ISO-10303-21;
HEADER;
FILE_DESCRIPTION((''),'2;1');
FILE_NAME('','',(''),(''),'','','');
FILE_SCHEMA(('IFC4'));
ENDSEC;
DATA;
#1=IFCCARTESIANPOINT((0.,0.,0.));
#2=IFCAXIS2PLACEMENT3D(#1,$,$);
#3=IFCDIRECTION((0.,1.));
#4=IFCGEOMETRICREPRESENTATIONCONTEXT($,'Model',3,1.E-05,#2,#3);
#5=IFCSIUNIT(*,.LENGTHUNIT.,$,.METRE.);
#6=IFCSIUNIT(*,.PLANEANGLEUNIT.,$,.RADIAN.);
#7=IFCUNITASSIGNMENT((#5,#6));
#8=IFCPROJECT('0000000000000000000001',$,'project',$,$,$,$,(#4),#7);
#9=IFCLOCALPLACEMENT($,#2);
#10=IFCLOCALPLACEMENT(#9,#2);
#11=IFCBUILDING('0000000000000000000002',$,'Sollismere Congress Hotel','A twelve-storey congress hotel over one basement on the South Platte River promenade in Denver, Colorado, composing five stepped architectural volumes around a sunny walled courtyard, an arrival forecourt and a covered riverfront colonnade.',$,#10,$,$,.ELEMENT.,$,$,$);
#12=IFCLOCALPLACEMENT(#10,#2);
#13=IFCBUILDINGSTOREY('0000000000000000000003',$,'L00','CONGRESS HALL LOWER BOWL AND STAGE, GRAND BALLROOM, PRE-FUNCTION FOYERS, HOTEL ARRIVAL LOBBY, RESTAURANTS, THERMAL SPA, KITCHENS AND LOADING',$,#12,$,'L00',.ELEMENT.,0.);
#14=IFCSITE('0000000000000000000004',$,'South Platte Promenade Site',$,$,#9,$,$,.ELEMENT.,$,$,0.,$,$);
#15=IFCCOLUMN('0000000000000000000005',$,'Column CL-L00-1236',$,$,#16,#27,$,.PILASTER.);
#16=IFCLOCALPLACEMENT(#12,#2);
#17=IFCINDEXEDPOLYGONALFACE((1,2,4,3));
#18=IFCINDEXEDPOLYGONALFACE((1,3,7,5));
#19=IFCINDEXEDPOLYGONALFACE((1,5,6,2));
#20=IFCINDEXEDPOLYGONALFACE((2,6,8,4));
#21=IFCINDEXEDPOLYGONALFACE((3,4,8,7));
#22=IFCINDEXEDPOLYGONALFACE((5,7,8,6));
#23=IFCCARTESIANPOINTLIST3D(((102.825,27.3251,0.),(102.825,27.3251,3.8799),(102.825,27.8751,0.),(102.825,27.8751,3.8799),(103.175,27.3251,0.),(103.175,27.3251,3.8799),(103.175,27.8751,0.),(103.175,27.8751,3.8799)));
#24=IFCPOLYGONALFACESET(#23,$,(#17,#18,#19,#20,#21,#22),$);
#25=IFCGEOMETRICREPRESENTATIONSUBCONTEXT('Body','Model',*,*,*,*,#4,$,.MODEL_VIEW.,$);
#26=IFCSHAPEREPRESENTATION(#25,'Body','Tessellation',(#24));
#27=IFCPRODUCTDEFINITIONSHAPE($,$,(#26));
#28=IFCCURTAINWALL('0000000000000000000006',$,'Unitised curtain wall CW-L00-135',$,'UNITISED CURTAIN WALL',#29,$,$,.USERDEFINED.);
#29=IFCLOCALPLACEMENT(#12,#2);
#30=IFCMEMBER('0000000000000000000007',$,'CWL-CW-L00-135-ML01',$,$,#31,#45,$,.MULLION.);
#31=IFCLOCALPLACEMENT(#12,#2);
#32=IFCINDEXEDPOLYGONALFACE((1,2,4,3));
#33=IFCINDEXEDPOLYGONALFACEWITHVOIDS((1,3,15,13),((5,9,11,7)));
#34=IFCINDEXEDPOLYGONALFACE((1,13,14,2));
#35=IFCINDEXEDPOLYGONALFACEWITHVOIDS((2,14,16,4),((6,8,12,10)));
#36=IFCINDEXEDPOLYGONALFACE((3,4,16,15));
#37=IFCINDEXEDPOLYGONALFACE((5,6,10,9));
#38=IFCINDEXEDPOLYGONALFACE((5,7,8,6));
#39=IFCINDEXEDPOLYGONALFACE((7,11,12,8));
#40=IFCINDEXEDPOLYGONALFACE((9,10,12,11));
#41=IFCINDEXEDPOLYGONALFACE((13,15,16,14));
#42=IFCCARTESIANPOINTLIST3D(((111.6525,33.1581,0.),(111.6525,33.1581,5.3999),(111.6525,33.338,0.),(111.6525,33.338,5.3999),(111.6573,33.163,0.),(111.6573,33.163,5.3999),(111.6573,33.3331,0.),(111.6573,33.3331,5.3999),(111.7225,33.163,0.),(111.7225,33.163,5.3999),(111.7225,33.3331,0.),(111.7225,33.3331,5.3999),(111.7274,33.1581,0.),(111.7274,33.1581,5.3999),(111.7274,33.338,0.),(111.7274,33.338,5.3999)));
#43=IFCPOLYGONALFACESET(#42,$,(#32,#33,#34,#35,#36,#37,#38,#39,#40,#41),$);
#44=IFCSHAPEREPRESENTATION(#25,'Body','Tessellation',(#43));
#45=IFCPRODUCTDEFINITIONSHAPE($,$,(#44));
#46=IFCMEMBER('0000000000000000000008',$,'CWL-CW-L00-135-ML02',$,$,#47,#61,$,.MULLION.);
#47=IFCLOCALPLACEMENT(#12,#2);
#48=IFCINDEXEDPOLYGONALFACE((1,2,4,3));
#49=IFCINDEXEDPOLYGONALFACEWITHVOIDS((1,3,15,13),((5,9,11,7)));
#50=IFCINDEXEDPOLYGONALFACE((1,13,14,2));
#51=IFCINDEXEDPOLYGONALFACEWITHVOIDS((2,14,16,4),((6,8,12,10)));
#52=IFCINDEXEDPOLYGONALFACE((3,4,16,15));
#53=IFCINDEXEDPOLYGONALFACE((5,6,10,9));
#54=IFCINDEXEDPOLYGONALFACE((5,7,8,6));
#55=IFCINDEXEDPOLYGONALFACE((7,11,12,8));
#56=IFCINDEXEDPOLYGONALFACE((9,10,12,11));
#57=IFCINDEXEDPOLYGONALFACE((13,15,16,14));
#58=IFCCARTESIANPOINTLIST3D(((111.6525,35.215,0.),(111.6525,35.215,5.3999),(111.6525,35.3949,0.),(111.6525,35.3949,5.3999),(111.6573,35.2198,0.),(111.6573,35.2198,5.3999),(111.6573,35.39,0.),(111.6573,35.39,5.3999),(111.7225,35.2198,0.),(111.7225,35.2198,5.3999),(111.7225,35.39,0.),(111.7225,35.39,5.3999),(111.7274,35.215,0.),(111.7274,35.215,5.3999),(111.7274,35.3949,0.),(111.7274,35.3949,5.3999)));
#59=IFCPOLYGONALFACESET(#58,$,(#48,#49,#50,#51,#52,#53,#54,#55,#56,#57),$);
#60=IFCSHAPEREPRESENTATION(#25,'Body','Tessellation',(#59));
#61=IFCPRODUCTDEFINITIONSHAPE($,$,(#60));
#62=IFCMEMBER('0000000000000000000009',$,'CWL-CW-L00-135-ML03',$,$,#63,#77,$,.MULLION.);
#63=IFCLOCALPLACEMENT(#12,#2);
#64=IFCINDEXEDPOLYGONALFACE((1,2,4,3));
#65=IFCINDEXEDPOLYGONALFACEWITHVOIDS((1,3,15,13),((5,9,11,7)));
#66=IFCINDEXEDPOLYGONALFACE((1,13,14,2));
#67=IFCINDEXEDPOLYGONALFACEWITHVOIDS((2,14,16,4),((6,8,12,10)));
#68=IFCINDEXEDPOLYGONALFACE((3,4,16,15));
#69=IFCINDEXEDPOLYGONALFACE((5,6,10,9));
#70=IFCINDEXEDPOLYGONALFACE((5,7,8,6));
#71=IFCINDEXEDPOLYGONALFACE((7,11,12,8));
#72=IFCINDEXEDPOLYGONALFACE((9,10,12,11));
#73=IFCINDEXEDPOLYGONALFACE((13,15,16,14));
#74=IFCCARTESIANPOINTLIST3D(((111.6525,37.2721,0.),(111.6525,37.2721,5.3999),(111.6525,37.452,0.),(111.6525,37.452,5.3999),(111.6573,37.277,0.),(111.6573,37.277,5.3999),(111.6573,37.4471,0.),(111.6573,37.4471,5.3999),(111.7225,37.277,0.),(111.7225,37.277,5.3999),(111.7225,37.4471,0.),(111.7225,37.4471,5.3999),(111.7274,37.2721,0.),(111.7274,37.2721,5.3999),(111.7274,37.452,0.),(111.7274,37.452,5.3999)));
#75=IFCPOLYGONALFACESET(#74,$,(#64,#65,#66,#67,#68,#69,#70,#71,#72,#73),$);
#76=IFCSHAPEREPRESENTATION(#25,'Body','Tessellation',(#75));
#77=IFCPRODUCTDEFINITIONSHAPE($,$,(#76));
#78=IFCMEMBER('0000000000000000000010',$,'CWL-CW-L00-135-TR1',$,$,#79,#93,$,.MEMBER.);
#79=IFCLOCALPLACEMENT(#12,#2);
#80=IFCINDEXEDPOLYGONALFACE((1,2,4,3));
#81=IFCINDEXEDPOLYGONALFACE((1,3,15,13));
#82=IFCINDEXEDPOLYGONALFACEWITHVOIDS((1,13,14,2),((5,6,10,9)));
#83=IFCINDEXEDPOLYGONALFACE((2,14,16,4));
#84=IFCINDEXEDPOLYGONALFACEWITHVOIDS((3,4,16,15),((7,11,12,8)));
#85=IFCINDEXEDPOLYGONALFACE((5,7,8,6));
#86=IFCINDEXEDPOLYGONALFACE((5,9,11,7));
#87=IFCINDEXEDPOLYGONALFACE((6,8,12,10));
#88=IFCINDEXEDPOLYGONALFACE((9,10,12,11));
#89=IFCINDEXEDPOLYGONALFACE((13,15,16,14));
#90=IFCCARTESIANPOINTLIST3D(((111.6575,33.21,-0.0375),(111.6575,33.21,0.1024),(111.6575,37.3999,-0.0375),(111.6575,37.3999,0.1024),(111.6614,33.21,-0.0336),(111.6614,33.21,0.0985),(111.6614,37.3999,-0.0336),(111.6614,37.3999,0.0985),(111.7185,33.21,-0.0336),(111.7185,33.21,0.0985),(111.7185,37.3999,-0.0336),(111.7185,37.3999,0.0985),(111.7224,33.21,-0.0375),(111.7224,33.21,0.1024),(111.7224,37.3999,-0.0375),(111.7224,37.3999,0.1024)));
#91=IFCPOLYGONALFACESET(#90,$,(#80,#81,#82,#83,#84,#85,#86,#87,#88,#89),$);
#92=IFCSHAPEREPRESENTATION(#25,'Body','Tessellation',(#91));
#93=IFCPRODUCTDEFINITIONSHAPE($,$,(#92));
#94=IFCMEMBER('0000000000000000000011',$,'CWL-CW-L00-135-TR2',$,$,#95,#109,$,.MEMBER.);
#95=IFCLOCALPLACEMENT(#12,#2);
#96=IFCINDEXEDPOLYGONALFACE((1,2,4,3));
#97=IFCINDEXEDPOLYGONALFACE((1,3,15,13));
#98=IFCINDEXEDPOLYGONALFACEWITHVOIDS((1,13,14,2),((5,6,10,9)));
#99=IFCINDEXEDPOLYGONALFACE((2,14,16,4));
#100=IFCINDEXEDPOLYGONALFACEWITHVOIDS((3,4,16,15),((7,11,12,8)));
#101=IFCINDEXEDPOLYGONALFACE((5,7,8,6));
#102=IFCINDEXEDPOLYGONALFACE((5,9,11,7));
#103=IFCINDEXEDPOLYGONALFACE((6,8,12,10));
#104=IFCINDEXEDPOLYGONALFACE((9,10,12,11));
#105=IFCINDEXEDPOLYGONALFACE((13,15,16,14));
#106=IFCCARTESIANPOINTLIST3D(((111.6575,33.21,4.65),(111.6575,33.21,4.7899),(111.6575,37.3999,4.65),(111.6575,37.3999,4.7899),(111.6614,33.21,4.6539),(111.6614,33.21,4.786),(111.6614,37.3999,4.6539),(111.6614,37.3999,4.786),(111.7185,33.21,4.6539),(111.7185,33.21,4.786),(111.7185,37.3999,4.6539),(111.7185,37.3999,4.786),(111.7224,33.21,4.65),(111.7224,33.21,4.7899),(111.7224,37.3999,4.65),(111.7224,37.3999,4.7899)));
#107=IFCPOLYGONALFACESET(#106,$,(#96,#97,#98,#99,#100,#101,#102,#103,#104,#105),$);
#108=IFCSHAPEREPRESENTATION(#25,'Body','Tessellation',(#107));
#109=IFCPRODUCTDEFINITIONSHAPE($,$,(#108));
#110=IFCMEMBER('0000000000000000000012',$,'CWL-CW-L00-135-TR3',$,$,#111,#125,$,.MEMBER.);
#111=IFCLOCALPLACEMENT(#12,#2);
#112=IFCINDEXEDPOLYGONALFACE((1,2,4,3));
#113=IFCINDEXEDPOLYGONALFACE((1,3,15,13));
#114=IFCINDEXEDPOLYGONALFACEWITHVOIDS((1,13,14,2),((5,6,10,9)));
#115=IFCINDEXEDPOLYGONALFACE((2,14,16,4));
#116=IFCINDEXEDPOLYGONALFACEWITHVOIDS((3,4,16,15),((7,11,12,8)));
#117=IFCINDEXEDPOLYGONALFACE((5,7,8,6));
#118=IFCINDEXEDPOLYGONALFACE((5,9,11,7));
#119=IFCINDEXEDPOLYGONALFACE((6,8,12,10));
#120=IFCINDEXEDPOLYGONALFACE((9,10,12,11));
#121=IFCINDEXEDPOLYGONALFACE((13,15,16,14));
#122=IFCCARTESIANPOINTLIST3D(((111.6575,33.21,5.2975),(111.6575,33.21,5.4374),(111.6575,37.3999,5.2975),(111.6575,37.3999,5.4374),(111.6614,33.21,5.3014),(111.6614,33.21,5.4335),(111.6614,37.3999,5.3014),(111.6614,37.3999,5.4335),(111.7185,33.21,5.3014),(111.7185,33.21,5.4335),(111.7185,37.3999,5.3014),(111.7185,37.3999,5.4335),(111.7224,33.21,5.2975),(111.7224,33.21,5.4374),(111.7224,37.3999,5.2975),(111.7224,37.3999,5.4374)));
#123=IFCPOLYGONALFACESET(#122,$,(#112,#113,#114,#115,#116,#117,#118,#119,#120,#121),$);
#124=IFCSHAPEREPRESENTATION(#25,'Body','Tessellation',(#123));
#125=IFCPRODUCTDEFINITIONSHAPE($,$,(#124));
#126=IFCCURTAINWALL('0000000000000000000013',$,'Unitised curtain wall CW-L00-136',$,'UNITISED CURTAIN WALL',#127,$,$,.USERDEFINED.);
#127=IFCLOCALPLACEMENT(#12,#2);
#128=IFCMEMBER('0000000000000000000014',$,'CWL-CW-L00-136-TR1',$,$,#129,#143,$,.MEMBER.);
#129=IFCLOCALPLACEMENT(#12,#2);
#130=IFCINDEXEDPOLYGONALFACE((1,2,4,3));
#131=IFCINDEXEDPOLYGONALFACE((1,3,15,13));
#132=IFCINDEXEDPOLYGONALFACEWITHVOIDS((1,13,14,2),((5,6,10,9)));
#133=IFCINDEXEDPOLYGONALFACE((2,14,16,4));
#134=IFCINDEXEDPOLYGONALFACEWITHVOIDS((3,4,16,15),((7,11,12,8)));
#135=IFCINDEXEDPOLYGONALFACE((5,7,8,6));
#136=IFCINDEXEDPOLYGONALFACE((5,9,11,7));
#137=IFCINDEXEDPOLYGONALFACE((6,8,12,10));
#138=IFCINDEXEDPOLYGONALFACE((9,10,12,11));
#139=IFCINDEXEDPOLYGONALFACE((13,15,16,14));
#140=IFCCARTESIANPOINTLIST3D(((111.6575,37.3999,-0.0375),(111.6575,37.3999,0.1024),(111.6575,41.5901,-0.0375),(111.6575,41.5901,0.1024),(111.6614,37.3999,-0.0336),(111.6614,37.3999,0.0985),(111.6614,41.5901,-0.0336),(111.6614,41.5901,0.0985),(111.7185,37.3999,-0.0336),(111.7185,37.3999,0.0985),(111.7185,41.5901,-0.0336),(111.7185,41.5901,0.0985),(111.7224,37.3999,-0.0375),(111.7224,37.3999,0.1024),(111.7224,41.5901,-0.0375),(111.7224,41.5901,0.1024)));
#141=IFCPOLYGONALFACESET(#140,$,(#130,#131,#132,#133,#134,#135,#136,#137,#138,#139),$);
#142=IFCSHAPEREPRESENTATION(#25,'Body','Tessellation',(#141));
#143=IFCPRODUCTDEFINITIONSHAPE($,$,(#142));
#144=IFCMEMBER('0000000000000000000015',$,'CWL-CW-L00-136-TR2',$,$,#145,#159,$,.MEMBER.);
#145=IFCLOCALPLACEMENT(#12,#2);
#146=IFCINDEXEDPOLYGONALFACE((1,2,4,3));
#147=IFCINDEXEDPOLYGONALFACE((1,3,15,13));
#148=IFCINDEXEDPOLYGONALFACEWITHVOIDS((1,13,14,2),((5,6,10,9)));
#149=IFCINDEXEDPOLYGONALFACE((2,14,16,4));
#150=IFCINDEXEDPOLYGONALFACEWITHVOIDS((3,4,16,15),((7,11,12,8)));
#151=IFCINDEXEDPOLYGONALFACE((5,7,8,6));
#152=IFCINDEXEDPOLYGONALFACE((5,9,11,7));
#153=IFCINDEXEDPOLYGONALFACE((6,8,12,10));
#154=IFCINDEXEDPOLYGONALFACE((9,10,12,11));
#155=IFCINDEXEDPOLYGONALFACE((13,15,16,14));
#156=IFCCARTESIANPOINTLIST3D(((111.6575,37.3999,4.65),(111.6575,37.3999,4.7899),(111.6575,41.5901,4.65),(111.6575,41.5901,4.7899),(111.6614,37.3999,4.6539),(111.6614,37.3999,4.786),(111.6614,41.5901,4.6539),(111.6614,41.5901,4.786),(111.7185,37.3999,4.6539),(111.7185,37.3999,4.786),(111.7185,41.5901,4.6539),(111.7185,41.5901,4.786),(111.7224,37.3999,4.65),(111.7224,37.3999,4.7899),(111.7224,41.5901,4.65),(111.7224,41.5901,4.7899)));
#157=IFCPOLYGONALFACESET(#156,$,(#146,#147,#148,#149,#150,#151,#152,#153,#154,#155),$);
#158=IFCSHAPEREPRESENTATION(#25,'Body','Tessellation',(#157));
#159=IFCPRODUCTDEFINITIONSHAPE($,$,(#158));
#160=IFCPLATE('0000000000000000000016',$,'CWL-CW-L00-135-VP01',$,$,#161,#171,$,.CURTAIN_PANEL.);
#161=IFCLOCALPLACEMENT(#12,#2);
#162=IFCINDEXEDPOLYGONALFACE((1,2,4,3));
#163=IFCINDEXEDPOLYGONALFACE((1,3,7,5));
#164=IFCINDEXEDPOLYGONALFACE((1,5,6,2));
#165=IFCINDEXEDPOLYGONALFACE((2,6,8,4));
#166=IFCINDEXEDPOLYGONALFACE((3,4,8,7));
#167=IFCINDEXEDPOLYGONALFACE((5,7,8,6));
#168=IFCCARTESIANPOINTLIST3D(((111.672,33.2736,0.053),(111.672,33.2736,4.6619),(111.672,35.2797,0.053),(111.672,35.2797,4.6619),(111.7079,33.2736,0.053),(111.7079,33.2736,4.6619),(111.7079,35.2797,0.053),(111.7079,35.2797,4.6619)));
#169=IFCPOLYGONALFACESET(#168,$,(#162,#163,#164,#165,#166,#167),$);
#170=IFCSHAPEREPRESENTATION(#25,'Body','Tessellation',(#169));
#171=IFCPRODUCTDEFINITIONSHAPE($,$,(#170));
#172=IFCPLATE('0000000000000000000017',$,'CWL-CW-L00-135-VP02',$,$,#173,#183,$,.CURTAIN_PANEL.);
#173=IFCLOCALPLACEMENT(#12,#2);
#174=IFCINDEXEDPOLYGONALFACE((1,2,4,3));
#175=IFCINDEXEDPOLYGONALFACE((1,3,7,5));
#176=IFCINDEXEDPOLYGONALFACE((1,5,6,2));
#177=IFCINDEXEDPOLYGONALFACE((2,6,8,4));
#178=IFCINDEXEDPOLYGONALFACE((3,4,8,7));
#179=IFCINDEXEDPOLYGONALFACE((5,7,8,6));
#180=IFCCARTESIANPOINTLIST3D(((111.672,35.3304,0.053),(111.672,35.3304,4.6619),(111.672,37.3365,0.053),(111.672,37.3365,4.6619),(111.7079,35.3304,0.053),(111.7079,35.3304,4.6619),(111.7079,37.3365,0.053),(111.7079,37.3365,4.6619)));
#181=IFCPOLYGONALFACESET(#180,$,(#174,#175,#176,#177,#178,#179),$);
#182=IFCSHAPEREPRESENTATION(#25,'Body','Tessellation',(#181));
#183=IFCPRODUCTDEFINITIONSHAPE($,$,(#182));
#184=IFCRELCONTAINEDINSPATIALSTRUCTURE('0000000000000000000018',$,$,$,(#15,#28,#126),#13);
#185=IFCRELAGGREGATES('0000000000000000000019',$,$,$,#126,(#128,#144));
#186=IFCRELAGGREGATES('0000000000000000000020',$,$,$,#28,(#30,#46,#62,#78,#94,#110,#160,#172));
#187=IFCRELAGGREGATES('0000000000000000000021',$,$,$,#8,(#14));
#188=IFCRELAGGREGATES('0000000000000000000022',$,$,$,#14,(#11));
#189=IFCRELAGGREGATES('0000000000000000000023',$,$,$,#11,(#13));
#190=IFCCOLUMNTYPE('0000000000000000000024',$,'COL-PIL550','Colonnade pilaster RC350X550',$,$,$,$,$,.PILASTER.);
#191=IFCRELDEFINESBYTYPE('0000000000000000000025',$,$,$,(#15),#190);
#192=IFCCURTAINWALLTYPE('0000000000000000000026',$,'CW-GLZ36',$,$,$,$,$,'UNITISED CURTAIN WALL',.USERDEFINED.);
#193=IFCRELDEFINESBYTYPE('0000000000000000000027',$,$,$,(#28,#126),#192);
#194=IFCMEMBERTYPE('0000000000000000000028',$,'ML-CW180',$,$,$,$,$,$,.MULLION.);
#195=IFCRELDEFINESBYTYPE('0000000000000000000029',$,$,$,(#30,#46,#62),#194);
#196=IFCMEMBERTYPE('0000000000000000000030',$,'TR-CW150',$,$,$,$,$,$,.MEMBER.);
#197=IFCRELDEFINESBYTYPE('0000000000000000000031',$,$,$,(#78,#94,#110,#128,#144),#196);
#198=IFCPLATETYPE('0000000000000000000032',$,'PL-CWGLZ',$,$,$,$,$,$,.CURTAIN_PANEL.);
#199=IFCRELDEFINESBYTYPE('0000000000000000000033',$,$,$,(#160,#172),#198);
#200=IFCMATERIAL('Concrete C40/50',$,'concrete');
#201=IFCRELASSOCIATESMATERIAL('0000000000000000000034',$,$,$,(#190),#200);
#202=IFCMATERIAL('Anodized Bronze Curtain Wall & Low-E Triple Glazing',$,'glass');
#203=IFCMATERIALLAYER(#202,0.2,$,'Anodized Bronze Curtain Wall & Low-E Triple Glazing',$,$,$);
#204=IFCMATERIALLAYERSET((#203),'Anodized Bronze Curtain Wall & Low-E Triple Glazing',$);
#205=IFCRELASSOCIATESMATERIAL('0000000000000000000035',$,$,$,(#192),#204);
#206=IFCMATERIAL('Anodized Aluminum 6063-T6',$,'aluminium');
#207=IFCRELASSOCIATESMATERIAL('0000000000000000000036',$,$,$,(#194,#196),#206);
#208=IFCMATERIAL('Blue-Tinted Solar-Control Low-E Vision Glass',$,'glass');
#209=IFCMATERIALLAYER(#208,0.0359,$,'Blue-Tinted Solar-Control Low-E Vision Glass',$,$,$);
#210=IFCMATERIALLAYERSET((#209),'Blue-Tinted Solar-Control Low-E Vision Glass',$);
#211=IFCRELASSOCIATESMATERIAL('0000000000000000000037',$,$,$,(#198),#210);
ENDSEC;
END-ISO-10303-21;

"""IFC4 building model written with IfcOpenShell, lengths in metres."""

from ifc_helpers import new_model, si_unit, direction, frame, origin, origin_2d, place, context, subcontext, project, spatial, rectangle, hollow_rectangle, extrude, material, layer, layer_set, material_profile, profile_set, type_object, element, aggregate, save


model = new_model("IFC4")

# Units and contexts
model_context = context("Model", 3, precision=1e-05, world=origin(), true_north=direction((0.0, 1.0)))
body_context = subcontext(model_context, "Body", "Model", "MODEL_VIEW")
ifc_project = project(units=[si_unit("LENGTHUNIT", "METRE"), si_unit("PLANEANGLEUNIT", "RADIAN")], contexts=[model_context])

# Site, building, storey
site_placement = place(None, origin())
site = spatial("IfcSite", under=ifc_project, at=site_placement, Name="South Platte Promenade Site", CompositionType="ELEMENT", RefElevation=0.0)
building_placement = place(site_placement, origin())
building = spatial("IfcBuilding", under=site, at=building_placement, Name="Sollismere Congress Hotel", Description="A twelve-storey congress hotel over one basement on the South Platte River promenade in Denver, Colorado, composing five stepped architectural volumes around a sunny walled courtyard, an arrival forecourt and a covered riverfront colonnade.", CompositionType="ELEMENT")
storey_placement = place(building_placement, origin())
storey = spatial("IfcBuildingStorey", under=building, at=storey_placement, Name="L00", Description="CONGRESS HALL LOWER BOWL AND STAGE, GRAND BALLROOM, PRE-FUNCTION FOYERS, HOTEL ARRIVAL LOBBY, RESTAURANTS, THERMAL SPA, KITCHENS AND LOADING", LongName="L00", CompositionType="ELEMENT", Elevation=0.0)

# Column
ifc_material_1 = material(Name="Concrete C40/50", Category="concrete")
ifc_material_profile_1 = material_profile(ifc_material_1, rectangle(XDim=0.3501, YDim=0.55, at=origin_2d()), Name="RC350X550")
ifc_profile_set_1 = profile_set([ifc_material_profile_1], Name="Concrete C40/50")
column_type = type_object("IfcColumnType", Name="COL-PIL550", Description="Colonnade pilaster RC350X550", PredefinedType="PILASTER", material=ifc_profile_set_1)
column_placement = place(storey_placement, frame((103.0, 27.6001, 0.0), z_axis=(0.0, 0.0, 1.0), x_axis=(1.0, 0.0, 0.0)))
element("IfcColumn", 1, at=column_placement, inside=storey, type_object=column_type, Name="Column CL-L00-1236", PredefinedType="PILASTER", context=body_context, shape_type="SweptSolid", body=[
    extrude(rectangle(XDim=0.3501, YDim=0.55, at=origin_2d()), origin(), (0.0, 0.0, 1.0), 3.8799),
])

# Curtain walls, members
ifc_material_2 = material(Name="Anodized Bronze Curtain Wall & Low-E Triple Glazing", Category="glass")
ifc_layer_1 = layer(ifc_material_2, 0.2, Name="Anodized Bronze Curtain Wall & Low-E Triple Glazing")
ifc_layer_set_1 = layer_set([ifc_layer_1], Name="Anodized Bronze Curtain Wall & Low-E Triple Glazing")
curtain_wall_type = type_object("IfcCurtainWallType", Name="CW-GLZ36", ElementType="UNITISED CURTAIN WALL", PredefinedType="USERDEFINED", material=ifc_layer_set_1)
curtain_wall_1_placement = place(storey_placement, origin())
curtain_wall_1 = element("IfcCurtainWall", 2, at=curtain_wall_1_placement, inside=storey, type_object=curtain_wall_type, Name="Unitised curtain wall CW-L00-135", ObjectType="UNITISED CURTAIN WALL", PredefinedType="USERDEFINED")
ifc_material_3 = material(Name="Anodized Aluminum 6063-T6", Category="aluminium")
ifc_material_profile_2 = material_profile(ifc_material_3, hollow_rectangle(XDim=0.075, YDim=0.1799, WallThickness=0.0049, at=origin_2d()), Name="ALU180X75X5")
ifc_profile_set_2 = profile_set([ifc_material_profile_2], Name="Anodized Aluminum 6063-T6")
member_type_1 = type_object("IfcMemberType", Name="ML-CW180", PredefinedType="MULLION", material=ifc_profile_set_2)
member_1_placement = place(storey_placement, frame((111.6899, 33.248, 0.0), z_axis=(0.0, 0.0, 1.0), x_axis=(-1.0, 0.0, 0.0)))
member_1 = element("IfcMember", 3, at=member_1_placement, type_object=member_type_1, Name="CWL-CW-L00-135-ML01", PredefinedType="MULLION", context=body_context, shape_type="SweptSolid", body=[
    extrude(hollow_rectangle(XDim=0.075, YDim=0.1799, WallThickness=0.0049, at=origin_2d()), origin(), (0.0, 0.0, 1.0), 5.3999),
])
member_2_placement = place(storey_placement, frame((111.6899, 35.3049, 0.0), z_axis=(0.0, 0.0, 1.0), x_axis=(-1.0, 0.0, 0.0)))
member_2 = element("IfcMember", 4, at=member_2_placement, type_object=member_type_1, Name="CWL-CW-L00-135-ML02", PredefinedType="MULLION", context=body_context, shape_type="SweptSolid", body=[
    extrude(hollow_rectangle(XDim=0.075, YDim=0.1799, WallThickness=0.0049, at=origin_2d()), origin(), (0.0, 0.0, 1.0), 5.3999),
])
member_3_placement = place(storey_placement, frame((111.6899, 37.3621, 0.0), z_axis=(0.0, 0.0, 1.0), x_axis=(-1.0, 0.0, 0.0)))
member_3 = element("IfcMember", 5, at=member_3_placement, type_object=member_type_1, Name="CWL-CW-L00-135-ML03", PredefinedType="MULLION", context=body_context, shape_type="SweptSolid", body=[
    extrude(hollow_rectangle(XDim=0.075, YDim=0.1799, WallThickness=0.0049, at=origin_2d()), origin(), (0.0, 0.0, 1.0), 5.3999),
])
ifc_material_profile_3 = material_profile(ifc_material_3, hollow_rectangle(XDim=0.0649, YDim=0.1399, WallThickness=0.0039, at=origin_2d()), Name="ALU140X65X4")
ifc_profile_set_3 = profile_set([ifc_material_profile_3], Name="Anodized Aluminum 6063-T6")
member_type_2 = type_object("IfcMemberType", Name="TR-CW150", PredefinedType="MEMBER", material=ifc_profile_set_3)
member_4_placement = place(storey_placement, frame((111.6899, 33.21, 0.0325), z_axis=(0.0, 1.0, 0.0), x_axis=(-1.0, 0.0, 0.0)))
member_4 = element("IfcMember", 6, at=member_4_placement, type_object=member_type_2, Name="CWL-CW-L00-135-TR1", PredefinedType="MEMBER", context=body_context, shape_type="SweptSolid", body=[
    extrude(hollow_rectangle(XDim=0.0649, YDim=0.1399, WallThickness=0.0039, at=origin_2d()), origin(), (0.0, 0.0, 1.0), 4.1899),
])
member_5_placement = place(storey_placement, frame((111.6899, 33.21, 4.72), z_axis=(0.0, 1.0, 0.0), x_axis=(-1.0, 0.0, 0.0)))
member_5 = element("IfcMember", 7, at=member_5_placement, type_object=member_type_2, Name="CWL-CW-L00-135-TR2", PredefinedType="MEMBER", context=body_context, shape_type="SweptSolid", body=[
    extrude(hollow_rectangle(XDim=0.0649, YDim=0.1399, WallThickness=0.0039, at=origin_2d()), origin(), (0.0, 0.0, 1.0), 4.1899),
])
member_6_placement = place(storey_placement, frame((111.6899, 33.21, 5.3674), z_axis=(0.0, 1.0, 0.0), x_axis=(-1.0, 0.0, 0.0)))
member_6 = element("IfcMember", 8, at=member_6_placement, type_object=member_type_2, Name="CWL-CW-L00-135-TR3", PredefinedType="MEMBER", context=body_context, shape_type="SweptSolid", body=[
    extrude(hollow_rectangle(XDim=0.0649, YDim=0.1399, WallThickness=0.0039, at=origin_2d()), origin(), (0.0, 0.0, 1.0), 4.1899),
])
curtain_wall_2_placement = place(storey_placement, origin())
curtain_wall_2 = element("IfcCurtainWall", 9, at=curtain_wall_2_placement, inside=storey, type_object=curtain_wall_type, Name="Unitised curtain wall CW-L00-136", ObjectType="UNITISED CURTAIN WALL", PredefinedType="USERDEFINED")
member_7_placement = place(storey_placement, frame((111.6899, 37.3999, 0.0325), z_axis=(0.0, 1.0, 0.0), x_axis=(-1.0, 0.0, 0.0)))
member_7 = element("IfcMember", 10, at=member_7_placement, type_object=member_type_2, Name="CWL-CW-L00-136-TR1", PredefinedType="MEMBER", context=body_context, shape_type="SweptSolid", body=[
    extrude(hollow_rectangle(XDim=0.0649, YDim=0.1399, WallThickness=0.0039, at=origin_2d()), origin(), (0.0, 0.0, 1.0), 4.1902),
])
member_8_placement = place(storey_placement, frame((111.6899, 37.3999, 4.72), z_axis=(0.0, 1.0, 0.0), x_axis=(-1.0, 0.0, 0.0)))
member_8 = element("IfcMember", 11, at=member_8_placement, type_object=member_type_2, Name="CWL-CW-L00-136-TR2", PredefinedType="MEMBER", context=body_context, shape_type="SweptSolid", body=[
    extrude(hollow_rectangle(XDim=0.0649, YDim=0.1399, WallThickness=0.0039, at=origin_2d()), origin(), (0.0, 0.0, 1.0), 4.1902),
])
aggregate(curtain_wall_2, [member_7, member_8])

# Plates
ifc_material_4 = material(Name="Blue-Tinted Solar-Control Low-E Vision Glass", Category="glass")
ifc_layer_2 = layer(ifc_material_4, 0.0359, Name="Blue-Tinted Solar-Control Low-E Vision Glass")
ifc_layer_set_2 = layer_set([ifc_layer_2], Name="Blue-Tinted Solar-Control Low-E Vision Glass")
plate_type_1 = type_object("IfcPlateType", Name="PL-CWGLZ", PredefinedType="CURTAIN_PANEL", material=ifc_layer_set_2)
plate_1_placement = place(storey_placement, frame((111.6899, 34.2766, 0.053), z_axis=(0.0, 0.0, 1.0), x_axis=(0.0, 1.0, 0.0)))
plate_1 = element("IfcPlate", 12, at=plate_1_placement, type_object=plate_type_1, Name="CWL-CW-L00-135-VP01", PredefinedType="CURTAIN_PANEL", context=body_context, shape_type="SweptSolid", body=[
    extrude(rectangle(XDim=2.0061, YDim=0.0359, at=origin_2d()), origin(), (0.0, 0.0, 1.0), 4.6089),
])
plate_2_placement = place(storey_placement, frame((111.6899, 36.3335, 0.053), z_axis=(0.0, 0.0, 1.0), x_axis=(0.0, 1.0, 0.0)))
plate_2 = element("IfcPlate", 13, at=plate_2_placement, type_object=plate_type_1, Name="CWL-CW-L00-135-VP02", PredefinedType="CURTAIN_PANEL", context=body_context, shape_type="SweptSolid", body=[
    extrude(rectangle(XDim=2.0061, YDim=0.0359, at=origin_2d()), origin(), (0.0, 0.0, 1.0), 4.6089),
])
aggregate(curtain_wall_1, [member_1, member_2, member_3, member_4, member_5, member_6, plate_1, plate_2])

save(model, "model.ifc")
